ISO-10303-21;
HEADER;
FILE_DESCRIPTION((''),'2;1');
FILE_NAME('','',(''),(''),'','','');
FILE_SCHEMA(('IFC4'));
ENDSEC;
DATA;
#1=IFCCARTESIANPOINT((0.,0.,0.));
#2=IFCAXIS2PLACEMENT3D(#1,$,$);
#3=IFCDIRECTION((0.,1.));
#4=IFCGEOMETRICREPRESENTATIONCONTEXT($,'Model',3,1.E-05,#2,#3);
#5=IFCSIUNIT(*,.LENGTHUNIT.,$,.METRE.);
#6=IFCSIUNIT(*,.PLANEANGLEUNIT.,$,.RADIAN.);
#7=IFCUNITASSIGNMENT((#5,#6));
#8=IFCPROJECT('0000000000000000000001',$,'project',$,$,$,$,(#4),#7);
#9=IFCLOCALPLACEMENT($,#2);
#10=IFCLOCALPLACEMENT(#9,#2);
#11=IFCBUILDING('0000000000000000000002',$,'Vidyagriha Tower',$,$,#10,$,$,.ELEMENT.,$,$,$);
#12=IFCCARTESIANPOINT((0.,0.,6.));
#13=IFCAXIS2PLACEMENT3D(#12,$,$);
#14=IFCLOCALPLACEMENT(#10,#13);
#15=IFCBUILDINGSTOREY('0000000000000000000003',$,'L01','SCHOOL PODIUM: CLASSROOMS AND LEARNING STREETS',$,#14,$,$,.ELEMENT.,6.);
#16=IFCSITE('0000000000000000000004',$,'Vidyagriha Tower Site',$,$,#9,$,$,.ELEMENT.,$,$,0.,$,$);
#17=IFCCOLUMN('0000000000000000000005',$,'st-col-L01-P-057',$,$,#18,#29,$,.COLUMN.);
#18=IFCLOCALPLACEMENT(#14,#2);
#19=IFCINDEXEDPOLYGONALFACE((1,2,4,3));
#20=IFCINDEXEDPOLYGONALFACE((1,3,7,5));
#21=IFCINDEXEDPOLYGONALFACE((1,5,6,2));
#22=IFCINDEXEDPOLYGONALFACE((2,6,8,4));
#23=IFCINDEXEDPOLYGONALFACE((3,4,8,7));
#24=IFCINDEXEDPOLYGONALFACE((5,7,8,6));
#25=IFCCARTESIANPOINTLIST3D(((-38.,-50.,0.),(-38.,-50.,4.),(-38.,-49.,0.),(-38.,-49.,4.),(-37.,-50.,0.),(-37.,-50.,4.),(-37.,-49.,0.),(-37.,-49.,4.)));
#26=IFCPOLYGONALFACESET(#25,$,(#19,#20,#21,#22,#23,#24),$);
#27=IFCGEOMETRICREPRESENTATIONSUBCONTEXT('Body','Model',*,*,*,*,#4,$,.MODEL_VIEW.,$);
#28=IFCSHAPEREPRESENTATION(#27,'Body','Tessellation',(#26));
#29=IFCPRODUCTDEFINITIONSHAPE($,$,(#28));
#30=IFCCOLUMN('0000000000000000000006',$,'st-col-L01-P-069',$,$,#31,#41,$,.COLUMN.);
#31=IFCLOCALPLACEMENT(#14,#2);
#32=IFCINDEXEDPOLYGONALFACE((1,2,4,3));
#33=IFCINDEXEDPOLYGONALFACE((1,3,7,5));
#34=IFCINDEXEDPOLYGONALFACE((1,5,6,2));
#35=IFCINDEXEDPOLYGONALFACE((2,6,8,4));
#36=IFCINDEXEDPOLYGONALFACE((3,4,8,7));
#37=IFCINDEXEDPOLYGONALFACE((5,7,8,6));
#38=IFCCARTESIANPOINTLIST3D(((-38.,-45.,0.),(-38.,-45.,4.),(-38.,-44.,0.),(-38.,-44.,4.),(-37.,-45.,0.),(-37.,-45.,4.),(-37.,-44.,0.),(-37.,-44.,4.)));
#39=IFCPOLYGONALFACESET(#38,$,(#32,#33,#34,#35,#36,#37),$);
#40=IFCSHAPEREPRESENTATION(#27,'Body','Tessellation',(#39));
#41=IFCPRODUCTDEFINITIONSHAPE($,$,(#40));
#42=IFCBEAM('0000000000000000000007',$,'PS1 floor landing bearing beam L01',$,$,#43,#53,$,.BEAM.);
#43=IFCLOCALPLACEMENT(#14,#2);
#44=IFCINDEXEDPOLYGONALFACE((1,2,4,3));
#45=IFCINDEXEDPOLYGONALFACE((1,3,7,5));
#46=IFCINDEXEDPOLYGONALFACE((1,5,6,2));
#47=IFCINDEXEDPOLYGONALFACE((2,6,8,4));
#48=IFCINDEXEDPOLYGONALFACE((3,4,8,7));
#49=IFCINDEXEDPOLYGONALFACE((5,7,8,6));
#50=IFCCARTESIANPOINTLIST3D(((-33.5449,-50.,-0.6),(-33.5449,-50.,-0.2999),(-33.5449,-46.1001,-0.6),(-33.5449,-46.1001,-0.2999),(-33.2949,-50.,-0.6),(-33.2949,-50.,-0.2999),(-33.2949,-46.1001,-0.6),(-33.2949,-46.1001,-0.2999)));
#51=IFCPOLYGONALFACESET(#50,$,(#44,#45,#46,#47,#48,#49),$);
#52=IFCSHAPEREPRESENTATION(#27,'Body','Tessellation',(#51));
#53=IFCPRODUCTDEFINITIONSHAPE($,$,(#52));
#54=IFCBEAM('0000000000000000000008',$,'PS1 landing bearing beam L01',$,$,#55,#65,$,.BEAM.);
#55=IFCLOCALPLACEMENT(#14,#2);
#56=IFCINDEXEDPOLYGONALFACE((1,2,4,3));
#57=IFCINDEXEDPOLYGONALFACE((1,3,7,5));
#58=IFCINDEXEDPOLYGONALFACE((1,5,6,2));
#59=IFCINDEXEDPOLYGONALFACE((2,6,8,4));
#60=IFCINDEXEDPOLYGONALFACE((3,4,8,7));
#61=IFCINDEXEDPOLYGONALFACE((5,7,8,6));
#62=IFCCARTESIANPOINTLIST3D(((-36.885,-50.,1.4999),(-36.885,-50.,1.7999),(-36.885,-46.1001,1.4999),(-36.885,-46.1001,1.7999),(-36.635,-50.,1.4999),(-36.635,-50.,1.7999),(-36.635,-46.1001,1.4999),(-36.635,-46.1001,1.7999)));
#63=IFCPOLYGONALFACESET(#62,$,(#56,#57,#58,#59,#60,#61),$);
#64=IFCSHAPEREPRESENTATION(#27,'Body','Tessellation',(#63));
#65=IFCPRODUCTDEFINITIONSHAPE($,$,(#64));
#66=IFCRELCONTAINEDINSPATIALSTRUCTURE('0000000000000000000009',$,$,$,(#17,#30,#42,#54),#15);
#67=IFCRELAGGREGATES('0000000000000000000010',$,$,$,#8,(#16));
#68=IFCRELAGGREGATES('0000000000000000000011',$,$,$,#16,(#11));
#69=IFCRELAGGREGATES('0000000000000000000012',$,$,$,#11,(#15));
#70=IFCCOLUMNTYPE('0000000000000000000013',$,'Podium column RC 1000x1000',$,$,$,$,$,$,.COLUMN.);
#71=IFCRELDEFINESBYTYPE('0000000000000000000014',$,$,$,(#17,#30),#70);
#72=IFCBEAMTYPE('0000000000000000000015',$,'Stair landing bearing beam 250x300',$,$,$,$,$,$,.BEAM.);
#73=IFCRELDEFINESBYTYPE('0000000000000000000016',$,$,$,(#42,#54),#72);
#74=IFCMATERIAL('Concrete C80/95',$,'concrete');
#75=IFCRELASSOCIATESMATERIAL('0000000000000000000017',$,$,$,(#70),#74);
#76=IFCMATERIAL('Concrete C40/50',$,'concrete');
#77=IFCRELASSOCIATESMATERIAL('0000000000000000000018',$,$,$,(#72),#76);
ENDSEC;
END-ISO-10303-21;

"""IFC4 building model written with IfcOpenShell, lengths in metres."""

from ifc_helpers import new_model, si_unit, direction, frame, origin, origin_2d, place, context, subcontext, project, spatial, rectangle, extrude, material, material_profile, profile_set, type_object, element, save


model = new_model("IFC4")

# Units and contexts
model_context = context("Model", 3, precision=1e-05, world=origin(), true_north=direction((0.0, 1.0)))
body_context = subcontext(model_context, "Body", "Model", "MODEL_VIEW")
ifc_project = project(units=[si_unit("LENGTHUNIT", "METRE"), si_unit("PLANEANGLEUNIT", "RADIAN")], contexts=[model_context])

# Site, building, storey
site_placement = place(None, origin())
site = spatial("IfcSite", under=ifc_project, at=site_placement, Name="Vidyagriha Tower Site", CompositionType="ELEMENT", RefElevation=0.0)
building_placement = place(site_placement, origin())
building = spatial("IfcBuilding", under=site, at=building_placement, Name="Vidyagriha Tower", CompositionType="ELEMENT")
storey_placement = place(building_placement, frame((0.0, 0.0, 6.0)))
storey = spatial("IfcBuildingStorey", under=building, at=storey_placement, Name="L01", Description="SCHOOL PODIUM: CLASSROOMS AND LEARNING STREETS", CompositionType="ELEMENT", Elevation=6.0)

# Columns
ifc_material_1 = material(Name="Concrete C80/95", Category="concrete")
ifc_material_profile_1 = material_profile(ifc_material_1, rectangle(XDim=1.0, YDim=1.0, at=origin_2d()), Name="RC 1000x1000")
ifc_profile_set_1 = profile_set([ifc_material_profile_1], Name="Concrete C80/95")
column_type = type_object("IfcColumnType", Name="Podium column RC 1000x1000", PredefinedType="COLUMN", material=ifc_profile_set_1)
for number, where, name in (
    (1, (-37.5, -49.5, 0.0), "st-col-L01-P-057"),
    (2, (-37.5, -44.5, 0.0), "st-col-L01-P-069"),
):
    element("IfcColumn", number, at=place(storey_placement, frame(where)), inside=storey, type_object=column_type, Name=name, PredefinedType="COLUMN", context=body_context, shape_type="SweptSolid", body=[
        extrude(rectangle(XDim=1.0, YDim=1.0, at=origin_2d()), origin(), (0.0, 0.0, 1.0), 4.0),
    ])

# Beams
ifc_material_2 = material(Name="Concrete C40/50", Category="concrete")
ifc_material_profile_2 = material_profile(ifc_material_2, rectangle(XDim=0.25, YDim=0.3, at=origin_2d()), Name="Stair landing bearing beam 250x300")
ifc_profile_set_2 = profile_set([ifc_material_profile_2], Name="Concrete C40/50")
beam_type = type_object("IfcBeamType", Name="Stair landing bearing beam 250x300", PredefinedType="BEAM", material=ifc_profile_set_2)
for number, where, z_axis, x_axis, name in (
    (3, (-33.4199, -50.0, -0.45), (0.0, 1.0, 0.0), (-1.0, 0.0, 0.0), "PS1 floor landing bearing beam L01"),
    (4, (-36.76, -50.0, 1.6499), (0.0, 1.0, 0.0), (-1.0, 0.0, 0.0), "PS1 landing bearing beam L01"),
):
    element("IfcBeam", number, at=place(storey_placement, frame(where, z_axis=z_axis, x_axis=x_axis)), inside=storey, type_object=beam_type, Name=name, PredefinedType="BEAM", context=body_context, shape_type="SweptSolid", body=[
        extrude(rectangle(XDim=0.25, YDim=0.3, at=origin_2d()), origin(), (0.0, 0.0, 1.0), 3.8999),
    ])

save(model, "model.ifc")
